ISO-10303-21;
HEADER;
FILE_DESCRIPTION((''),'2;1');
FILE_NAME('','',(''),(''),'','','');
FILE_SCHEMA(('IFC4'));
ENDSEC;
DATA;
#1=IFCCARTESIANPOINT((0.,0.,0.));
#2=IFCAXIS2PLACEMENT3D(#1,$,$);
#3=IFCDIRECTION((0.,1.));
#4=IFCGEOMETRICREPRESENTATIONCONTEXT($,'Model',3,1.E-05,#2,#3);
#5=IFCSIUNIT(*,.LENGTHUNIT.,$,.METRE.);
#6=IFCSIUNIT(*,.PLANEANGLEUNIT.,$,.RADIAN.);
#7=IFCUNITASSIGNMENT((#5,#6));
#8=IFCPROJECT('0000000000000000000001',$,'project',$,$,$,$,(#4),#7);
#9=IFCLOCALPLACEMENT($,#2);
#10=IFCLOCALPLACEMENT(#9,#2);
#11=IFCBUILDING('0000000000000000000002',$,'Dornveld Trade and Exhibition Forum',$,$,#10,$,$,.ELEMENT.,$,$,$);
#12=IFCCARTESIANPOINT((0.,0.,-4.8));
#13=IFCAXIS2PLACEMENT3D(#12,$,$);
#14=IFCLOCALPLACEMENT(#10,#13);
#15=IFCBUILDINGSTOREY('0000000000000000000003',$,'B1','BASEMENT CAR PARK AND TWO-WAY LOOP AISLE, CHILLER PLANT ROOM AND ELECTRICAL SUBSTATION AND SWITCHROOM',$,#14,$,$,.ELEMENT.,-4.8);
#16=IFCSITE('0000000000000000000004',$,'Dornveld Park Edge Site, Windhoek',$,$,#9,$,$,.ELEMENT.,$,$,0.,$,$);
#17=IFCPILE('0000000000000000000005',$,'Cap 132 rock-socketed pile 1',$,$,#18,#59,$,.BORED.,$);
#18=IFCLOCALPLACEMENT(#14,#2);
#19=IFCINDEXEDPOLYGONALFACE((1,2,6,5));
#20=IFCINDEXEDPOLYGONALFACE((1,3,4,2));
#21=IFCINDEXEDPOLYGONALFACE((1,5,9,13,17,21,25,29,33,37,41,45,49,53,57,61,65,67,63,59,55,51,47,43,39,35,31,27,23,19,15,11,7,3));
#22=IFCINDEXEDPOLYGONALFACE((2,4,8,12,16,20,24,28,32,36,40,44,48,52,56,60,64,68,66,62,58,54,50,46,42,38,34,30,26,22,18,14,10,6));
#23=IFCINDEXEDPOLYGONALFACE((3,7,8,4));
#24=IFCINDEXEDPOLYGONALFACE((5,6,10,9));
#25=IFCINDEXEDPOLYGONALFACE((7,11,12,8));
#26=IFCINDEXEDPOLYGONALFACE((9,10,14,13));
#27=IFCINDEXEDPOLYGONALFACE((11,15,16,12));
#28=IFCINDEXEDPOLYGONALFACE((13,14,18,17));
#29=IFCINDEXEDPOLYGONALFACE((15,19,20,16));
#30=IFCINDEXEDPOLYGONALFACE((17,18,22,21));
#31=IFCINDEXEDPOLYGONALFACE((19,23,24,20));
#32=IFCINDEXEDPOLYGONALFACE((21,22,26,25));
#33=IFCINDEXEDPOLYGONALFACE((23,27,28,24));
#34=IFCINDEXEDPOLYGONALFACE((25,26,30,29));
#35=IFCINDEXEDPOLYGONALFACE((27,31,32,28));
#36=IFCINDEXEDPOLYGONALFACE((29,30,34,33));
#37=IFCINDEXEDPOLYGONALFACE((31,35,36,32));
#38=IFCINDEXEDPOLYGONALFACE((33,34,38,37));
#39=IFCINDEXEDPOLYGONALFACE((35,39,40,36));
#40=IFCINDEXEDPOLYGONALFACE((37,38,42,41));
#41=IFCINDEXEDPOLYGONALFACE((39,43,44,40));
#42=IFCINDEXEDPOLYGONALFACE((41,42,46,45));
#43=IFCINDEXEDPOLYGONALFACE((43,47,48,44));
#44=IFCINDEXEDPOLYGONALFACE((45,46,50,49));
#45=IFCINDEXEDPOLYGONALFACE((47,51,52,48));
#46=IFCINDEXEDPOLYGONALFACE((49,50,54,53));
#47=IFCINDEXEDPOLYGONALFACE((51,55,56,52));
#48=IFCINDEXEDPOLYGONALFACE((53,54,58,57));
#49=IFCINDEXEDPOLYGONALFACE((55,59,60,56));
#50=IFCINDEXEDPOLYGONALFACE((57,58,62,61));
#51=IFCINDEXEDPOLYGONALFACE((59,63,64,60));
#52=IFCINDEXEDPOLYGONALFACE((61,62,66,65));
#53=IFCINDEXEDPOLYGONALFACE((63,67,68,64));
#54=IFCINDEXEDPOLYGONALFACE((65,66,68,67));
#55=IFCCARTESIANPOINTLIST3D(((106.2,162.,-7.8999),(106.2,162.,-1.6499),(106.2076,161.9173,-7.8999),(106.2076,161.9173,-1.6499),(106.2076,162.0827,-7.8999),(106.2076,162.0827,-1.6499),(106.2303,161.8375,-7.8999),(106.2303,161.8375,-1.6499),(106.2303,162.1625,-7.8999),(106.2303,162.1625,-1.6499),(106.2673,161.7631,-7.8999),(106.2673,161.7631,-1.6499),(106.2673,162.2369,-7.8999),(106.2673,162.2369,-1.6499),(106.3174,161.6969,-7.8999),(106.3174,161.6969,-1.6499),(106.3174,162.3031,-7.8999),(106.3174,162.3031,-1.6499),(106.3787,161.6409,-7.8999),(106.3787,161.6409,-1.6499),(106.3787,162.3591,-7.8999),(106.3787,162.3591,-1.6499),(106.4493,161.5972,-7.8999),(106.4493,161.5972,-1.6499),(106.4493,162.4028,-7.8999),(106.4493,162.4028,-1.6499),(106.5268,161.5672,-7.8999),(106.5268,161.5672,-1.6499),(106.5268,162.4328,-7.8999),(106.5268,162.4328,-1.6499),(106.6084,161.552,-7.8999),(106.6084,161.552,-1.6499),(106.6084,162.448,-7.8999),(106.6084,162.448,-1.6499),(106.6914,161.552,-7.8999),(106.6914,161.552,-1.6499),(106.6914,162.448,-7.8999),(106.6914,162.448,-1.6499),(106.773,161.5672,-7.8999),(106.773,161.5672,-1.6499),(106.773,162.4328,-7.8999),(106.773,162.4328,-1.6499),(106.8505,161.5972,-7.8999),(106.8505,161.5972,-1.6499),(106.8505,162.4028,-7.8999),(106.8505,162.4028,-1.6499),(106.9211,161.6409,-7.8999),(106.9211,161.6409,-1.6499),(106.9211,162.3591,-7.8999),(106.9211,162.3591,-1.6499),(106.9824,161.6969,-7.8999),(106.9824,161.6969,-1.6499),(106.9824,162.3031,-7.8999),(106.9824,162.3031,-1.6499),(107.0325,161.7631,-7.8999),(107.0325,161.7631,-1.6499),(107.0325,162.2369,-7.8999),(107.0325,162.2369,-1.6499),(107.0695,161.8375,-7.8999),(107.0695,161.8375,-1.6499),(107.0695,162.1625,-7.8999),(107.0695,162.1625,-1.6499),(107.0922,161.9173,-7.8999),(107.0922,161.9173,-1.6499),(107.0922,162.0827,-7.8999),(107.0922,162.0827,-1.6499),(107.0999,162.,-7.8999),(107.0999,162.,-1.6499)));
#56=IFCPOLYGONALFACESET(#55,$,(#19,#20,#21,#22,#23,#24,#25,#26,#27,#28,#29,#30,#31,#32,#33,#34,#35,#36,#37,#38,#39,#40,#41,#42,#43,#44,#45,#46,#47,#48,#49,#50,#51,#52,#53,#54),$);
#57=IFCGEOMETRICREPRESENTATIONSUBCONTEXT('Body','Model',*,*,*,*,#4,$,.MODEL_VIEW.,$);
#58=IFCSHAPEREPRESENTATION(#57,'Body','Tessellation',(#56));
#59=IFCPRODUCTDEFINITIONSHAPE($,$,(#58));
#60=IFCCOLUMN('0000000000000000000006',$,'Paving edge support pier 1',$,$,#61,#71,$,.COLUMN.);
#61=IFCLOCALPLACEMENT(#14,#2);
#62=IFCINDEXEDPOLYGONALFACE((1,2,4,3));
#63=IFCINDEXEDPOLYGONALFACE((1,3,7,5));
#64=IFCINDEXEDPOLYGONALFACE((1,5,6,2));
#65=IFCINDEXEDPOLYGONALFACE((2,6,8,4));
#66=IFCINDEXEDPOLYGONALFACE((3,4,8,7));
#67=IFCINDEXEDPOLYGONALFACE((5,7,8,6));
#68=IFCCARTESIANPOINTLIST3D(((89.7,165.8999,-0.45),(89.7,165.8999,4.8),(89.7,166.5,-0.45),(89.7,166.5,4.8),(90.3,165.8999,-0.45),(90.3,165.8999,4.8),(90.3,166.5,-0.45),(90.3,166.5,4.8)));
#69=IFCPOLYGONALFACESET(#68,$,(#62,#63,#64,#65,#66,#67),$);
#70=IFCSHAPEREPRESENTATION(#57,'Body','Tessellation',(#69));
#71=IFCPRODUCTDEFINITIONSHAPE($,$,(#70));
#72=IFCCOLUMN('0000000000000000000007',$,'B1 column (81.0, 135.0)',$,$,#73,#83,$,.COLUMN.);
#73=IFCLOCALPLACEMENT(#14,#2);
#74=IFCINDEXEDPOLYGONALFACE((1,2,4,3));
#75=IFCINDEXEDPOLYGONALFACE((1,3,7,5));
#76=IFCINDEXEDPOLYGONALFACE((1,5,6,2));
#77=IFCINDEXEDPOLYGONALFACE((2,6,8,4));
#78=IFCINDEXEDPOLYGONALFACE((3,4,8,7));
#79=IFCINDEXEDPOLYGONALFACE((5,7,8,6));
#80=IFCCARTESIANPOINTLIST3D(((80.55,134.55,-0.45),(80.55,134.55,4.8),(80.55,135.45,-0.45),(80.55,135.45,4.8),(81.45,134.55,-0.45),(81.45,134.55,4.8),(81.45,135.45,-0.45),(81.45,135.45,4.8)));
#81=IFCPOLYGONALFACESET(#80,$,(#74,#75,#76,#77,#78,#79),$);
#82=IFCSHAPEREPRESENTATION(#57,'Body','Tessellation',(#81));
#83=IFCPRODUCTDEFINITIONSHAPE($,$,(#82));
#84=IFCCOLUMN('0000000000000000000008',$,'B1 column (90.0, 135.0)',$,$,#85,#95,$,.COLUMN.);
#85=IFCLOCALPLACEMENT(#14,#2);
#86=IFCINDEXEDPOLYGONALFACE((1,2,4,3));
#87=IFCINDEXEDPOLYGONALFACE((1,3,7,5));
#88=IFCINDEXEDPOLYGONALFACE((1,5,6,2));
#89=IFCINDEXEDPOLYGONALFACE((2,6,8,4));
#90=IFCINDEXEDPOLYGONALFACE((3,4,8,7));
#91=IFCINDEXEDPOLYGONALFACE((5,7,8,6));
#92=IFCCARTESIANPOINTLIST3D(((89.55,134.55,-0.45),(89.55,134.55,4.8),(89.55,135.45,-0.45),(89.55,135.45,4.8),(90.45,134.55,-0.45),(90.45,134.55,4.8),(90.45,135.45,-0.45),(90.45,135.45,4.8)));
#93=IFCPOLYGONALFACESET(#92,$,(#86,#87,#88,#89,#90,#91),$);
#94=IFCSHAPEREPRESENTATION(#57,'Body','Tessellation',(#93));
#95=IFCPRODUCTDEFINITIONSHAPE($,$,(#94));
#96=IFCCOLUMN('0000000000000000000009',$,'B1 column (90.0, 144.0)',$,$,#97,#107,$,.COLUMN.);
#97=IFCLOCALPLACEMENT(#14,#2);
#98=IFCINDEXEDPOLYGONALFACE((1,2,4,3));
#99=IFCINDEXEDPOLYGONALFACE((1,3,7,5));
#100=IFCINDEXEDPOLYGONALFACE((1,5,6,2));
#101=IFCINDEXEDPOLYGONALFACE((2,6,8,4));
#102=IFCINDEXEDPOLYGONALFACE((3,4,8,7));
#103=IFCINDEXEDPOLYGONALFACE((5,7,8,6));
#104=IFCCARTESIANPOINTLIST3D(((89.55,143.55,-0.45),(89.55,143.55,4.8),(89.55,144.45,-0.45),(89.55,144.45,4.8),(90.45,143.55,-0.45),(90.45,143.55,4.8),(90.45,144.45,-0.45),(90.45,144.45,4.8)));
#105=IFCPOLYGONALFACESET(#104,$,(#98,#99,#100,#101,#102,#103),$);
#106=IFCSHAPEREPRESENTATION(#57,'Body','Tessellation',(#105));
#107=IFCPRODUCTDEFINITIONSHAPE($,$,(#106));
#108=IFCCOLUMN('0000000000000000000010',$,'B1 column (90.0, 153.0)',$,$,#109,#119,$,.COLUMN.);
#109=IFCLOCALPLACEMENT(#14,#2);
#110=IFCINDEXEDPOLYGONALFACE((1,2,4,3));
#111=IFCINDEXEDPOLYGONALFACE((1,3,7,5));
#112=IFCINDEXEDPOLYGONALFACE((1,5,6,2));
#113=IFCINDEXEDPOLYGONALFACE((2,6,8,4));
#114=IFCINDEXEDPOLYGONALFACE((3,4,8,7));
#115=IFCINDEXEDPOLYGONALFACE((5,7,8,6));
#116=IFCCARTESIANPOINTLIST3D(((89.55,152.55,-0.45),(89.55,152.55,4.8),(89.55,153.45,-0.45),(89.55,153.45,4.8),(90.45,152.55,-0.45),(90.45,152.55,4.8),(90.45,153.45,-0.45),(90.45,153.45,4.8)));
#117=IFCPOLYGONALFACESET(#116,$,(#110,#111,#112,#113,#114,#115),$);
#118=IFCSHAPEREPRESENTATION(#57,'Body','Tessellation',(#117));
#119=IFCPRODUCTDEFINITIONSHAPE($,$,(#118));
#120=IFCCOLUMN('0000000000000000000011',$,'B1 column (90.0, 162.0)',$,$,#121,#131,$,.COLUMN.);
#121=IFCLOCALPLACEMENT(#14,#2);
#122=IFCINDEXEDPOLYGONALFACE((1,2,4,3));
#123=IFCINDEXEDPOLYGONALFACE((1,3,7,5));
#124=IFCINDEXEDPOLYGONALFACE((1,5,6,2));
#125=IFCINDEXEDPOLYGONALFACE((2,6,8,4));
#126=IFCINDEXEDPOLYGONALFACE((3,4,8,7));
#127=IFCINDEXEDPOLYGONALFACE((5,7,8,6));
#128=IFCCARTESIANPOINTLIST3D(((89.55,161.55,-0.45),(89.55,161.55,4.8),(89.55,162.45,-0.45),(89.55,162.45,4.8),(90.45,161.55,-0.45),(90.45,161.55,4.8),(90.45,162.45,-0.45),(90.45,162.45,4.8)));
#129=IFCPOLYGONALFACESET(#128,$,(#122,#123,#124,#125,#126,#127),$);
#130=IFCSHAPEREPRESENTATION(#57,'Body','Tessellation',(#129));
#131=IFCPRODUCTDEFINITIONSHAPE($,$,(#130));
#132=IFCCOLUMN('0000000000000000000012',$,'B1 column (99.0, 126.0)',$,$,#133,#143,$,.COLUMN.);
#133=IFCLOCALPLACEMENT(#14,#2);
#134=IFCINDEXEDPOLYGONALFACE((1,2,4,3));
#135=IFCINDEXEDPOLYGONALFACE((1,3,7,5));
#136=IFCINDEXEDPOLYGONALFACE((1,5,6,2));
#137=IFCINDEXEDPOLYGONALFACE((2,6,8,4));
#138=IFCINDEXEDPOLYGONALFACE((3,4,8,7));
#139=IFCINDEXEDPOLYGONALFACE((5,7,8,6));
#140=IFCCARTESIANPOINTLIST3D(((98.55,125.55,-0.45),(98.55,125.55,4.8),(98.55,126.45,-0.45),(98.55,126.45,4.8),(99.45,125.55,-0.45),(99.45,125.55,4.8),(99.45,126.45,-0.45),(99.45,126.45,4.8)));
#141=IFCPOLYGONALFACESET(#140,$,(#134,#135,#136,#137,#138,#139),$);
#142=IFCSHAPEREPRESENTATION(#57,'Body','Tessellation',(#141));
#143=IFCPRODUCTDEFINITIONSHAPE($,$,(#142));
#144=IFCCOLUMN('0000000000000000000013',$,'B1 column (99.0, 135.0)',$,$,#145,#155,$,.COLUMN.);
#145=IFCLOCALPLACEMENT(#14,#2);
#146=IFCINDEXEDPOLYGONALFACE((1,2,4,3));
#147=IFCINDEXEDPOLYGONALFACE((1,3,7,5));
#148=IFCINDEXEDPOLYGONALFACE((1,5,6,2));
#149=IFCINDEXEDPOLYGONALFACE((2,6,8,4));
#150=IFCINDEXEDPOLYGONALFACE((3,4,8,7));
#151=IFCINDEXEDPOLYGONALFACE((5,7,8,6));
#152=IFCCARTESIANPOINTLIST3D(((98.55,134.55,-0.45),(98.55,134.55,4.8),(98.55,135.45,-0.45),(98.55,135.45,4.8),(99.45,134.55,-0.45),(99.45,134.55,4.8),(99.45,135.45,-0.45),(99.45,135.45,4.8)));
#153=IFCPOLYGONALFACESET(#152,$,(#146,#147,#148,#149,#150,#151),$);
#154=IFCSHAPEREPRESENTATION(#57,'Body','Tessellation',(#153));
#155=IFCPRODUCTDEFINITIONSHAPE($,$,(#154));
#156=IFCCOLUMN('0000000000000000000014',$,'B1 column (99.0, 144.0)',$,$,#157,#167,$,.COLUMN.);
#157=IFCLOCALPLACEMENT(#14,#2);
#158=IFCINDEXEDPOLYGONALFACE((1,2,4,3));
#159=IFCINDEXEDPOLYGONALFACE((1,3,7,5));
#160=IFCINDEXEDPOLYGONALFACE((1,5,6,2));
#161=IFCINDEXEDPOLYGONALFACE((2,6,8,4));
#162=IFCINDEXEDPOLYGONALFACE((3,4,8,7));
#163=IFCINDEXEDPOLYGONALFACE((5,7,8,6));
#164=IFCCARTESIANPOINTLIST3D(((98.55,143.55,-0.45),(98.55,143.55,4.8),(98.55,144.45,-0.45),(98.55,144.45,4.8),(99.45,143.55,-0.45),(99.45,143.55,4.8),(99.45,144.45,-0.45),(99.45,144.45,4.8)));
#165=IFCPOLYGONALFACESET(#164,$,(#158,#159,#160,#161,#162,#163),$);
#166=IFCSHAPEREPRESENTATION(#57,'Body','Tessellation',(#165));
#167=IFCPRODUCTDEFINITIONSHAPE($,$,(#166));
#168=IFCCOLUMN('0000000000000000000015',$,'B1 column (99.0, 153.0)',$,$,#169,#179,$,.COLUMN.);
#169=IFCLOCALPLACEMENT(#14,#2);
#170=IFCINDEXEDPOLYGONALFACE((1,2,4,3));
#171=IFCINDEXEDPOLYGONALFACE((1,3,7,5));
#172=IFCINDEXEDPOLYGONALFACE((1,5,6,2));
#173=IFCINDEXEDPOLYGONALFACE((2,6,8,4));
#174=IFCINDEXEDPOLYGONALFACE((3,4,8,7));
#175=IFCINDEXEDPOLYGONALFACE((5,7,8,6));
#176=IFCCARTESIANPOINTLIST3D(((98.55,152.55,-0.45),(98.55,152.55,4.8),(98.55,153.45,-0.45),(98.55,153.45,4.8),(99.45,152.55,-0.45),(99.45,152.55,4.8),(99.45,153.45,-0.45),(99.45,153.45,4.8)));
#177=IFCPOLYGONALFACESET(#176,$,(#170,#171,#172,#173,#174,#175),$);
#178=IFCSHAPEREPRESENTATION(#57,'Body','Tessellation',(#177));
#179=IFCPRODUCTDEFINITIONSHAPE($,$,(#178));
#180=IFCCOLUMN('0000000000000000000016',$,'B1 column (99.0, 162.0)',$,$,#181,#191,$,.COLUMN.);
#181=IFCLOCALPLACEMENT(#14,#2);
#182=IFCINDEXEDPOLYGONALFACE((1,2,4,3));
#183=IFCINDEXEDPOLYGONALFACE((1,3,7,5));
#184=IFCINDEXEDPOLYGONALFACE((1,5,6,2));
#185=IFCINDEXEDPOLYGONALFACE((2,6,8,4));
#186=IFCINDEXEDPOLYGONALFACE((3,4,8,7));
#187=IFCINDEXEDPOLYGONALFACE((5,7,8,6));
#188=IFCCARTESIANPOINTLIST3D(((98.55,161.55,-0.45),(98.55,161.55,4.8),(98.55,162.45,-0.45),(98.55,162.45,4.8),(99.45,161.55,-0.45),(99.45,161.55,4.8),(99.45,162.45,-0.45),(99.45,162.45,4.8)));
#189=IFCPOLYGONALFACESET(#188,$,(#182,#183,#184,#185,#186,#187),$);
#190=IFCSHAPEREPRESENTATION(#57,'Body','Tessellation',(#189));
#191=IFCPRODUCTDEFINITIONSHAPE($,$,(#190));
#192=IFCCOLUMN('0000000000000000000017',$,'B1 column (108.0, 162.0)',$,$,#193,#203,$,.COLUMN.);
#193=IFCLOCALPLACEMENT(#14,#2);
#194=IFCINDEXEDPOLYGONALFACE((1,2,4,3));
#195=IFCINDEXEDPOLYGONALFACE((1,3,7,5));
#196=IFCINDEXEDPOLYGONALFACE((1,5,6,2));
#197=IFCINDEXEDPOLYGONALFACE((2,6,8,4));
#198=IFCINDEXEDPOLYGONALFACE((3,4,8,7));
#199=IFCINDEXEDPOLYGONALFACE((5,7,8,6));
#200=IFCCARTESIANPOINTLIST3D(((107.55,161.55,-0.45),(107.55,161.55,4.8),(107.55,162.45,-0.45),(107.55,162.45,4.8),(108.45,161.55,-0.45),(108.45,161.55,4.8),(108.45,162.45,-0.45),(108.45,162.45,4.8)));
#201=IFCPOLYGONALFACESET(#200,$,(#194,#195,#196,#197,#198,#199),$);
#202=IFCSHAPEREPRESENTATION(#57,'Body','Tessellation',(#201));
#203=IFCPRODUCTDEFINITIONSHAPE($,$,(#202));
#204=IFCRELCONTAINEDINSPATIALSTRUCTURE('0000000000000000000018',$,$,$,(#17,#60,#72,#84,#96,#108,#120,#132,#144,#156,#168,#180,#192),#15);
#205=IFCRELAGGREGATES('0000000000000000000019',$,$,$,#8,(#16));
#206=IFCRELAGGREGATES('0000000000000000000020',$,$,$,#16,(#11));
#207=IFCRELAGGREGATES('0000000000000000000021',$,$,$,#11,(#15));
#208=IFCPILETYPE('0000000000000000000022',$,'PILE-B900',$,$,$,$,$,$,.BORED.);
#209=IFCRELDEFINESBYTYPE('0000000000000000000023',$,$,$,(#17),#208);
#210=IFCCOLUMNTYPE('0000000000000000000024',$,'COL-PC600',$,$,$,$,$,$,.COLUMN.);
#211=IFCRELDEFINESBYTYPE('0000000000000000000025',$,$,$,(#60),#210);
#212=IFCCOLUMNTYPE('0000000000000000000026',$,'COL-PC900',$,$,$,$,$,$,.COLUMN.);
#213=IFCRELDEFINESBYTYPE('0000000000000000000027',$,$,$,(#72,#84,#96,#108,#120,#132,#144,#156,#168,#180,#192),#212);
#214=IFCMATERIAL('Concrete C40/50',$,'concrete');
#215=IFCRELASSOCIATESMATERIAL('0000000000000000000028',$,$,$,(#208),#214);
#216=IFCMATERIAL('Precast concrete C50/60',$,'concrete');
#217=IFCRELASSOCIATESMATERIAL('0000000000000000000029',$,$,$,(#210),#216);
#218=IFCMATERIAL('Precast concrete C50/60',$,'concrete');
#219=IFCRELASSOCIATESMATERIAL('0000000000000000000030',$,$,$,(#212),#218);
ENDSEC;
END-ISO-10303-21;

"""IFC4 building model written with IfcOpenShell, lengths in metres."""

from ifc_helpers import new_model, si_unit, direction, frame, origin, origin_2d, place, context, subcontext, project, spatial, rectangle, circle, extrude, material, material_profile, profile_set, type_object, element, save


model = new_model("IFC4")

# Units and contexts
model_context = context("Model", 3, precision=1e-05, world=origin(), true_north=direction((0.0, 1.0)))
body_context = subcontext(model_context, "Body", "Model", "MODEL_VIEW")
ifc_project = project(units=[si_unit("LENGTHUNIT", "METRE"), si_unit("PLANEANGLEUNIT", "RADIAN")], contexts=[model_context])

# Site, building, storey
site_placement = place(None, origin())
site = spatial("IfcSite", under=ifc_project, at=site_placement, Name="Dornveld Park Edge Site, Windhoek", CompositionType="ELEMENT", RefElevation=0.0)
building_placement = place(site_placement, origin())
building = spatial("IfcBuilding", under=site, at=building_placement, Name="Dornveld Trade and Exhibition Forum", CompositionType="ELEMENT")
storey_placement = place(building_placement, frame((0.0, 0.0, -4.8)))
storey = spatial("IfcBuildingStorey", under=building, at=storey_placement, Name="B1", Description="BASEMENT CAR PARK AND TWO-WAY LOOP AISLE, CHILLER PLANT ROOM AND ELECTRICAL SUBSTATION AND SWITCHROOM", CompositionType="ELEMENT", Elevation=-4.8)

# Pile
ifc_material_1 = material(Name="Concrete C40/50", Category="concrete")
ifc_material_profile_1 = material_profile(ifc_material_1, circle(Radius=0.45, at=origin_2d()), Name="PILE D900")
ifc_profile_set_1 = profile_set([ifc_material_profile_1], Name="Concrete C40/50")
pile_type = type_object("IfcPileType", Name="PILE-B900", PredefinedType="BORED", material=ifc_profile_set_1)
for number, where, z_axis, x_axis, name in (
    (1, (106.6499, 162.0, -1.6499), (0.0, 0.0, -1.0), (1.0, 0.0, 0.0), "Cap 132 rock-socketed pile 1"),
):
    element("IfcPile", number, at=place(storey_placement, frame(where, z_axis=z_axis, x_axis=x_axis)), inside=storey, type_object=pile_type, Name=name, PredefinedType="BORED", context=body_context, shape_type="SweptSolid", body=[
        extrude(circle(Radius=0.45, at=origin_2d()), origin(), (0.0, 0.0, 1.0), 6.25),
    ])

# Columns
ifc_material_2 = material(Name="Precast concrete C50/60", Category="concrete")
ifc_material_profile_2 = material_profile(ifc_material_2, rectangle(XDim=0.6001, YDim=0.6001, at=origin_2d()), Name="PC-COL 600x600")
ifc_profile_set_2 = profile_set([ifc_material_profile_2], Name="Precast concrete C50/60")
column_type_1 = type_object("IfcColumnType", Name="COL-PC600", PredefinedType="COLUMN", material=ifc_profile_set_2)
column_placement = place(storey_placement, frame((90.0, 166.2, -0.45), z_axis=(0.0, 0.0, 1.0), x_axis=(1.0, 0.0, 0.0)))
element("IfcColumn", 2, at=column_placement, inside=storey, type_object=column_type_1, Name="Paving edge support pier 1", PredefinedType="COLUMN", context=body_context, shape_type="SweptSolid", body=[
    extrude(rectangle(XDim=0.6001, YDim=0.6001, at=origin_2d()), origin(), (0.0, 0.0, 1.0), 5.25),
])
ifc_material_3 = material(Name="Precast concrete C50/60", Category="concrete")
ifc_material_profile_3 = material_profile(ifc_material_3, rectangle(XDim=0.8999, YDim=0.8999, at=origin_2d()), Name="PC-COL 900x900")
ifc_profile_set_3 = profile_set([ifc_material_profile_3], Name="Precast concrete C50/60")
column_type_2 = type_object("IfcColumnType", Name="COL-PC900", PredefinedType="COLUMN", material=ifc_profile_set_3)
for number, where, z_axis, x_axis, name in (
    (3, (81.0, 135.0, -0.45), (0.0, 0.0, 1.0), (1.0, 0.0, 0.0), "B1 column (81.0, 135.0)"),
    (4, (90.0, 135.0, -0.45), (0.0, 0.0, 1.0), (1.0, 0.0, 0.0), "B1 column (90.0, 135.0)"),
    (5, (90.0, 144.0, -0.45), (0.0, 0.0, 1.0), (1.0, 0.0, 0.0), "B1 column (90.0, 144.0)"),
    (6, (90.0, 153.0, -0.45), (0.0, 0.0, 1.0), (1.0, 0.0, 0.0), "B1 column (90.0, 153.0)"),
    (7, (90.0, 162.0, -0.45), (0.0, 0.0, 1.0), (1.0, 0.0, 0.0), "B1 column (90.0, 162.0)"),
    (8, (99.0, 126.0, -0.45), (0.0, 0.0, 1.0), (1.0, 0.0, 0.0), "B1 column (99.0, 126.0)"),
    (9, (99.0, 135.0, -0.45), (0.0, 0.0, 1.0), (1.0, 0.0, 0.0), "B1 column (99.0, 135.0)"),
    (10, (99.0, 144.0, -0.45), (0.0, 0.0, 1.0), (1.0, 0.0, 0.0), "B1 column (99.0, 144.0)"),
    (11, (99.0, 153.0, -0.45), (0.0, 0.0, 1.0), (1.0, 0.0, 0.0), "B1 column (99.0, 153.0)"),
    (12, (99.0, 162.0, -0.45), (0.0, 0.0, 1.0), (1.0, 0.0, 0.0), "B1 column (99.0, 162.0)"),
    (13, (108.0, 162.0, -0.45), (0.0, 0.0, 1.0), (1.0, 0.0, 0.0), "B1 column (108.0, 162.0)"),
):
    element("IfcColumn", number, at=place(storey_placement, frame(where, z_axis=z_axis, x_axis=x_axis)), inside=storey, type_object=column_type_2, Name=name, PredefinedType="COLUMN", context=body_context, shape_type="SweptSolid", body=[
        extrude(rectangle(XDim=0.8999, YDim=0.8999, at=origin_2d()), origin(), (0.0, 0.0, 1.0), 5.25),
    ])

save(model, "model.ifc")
